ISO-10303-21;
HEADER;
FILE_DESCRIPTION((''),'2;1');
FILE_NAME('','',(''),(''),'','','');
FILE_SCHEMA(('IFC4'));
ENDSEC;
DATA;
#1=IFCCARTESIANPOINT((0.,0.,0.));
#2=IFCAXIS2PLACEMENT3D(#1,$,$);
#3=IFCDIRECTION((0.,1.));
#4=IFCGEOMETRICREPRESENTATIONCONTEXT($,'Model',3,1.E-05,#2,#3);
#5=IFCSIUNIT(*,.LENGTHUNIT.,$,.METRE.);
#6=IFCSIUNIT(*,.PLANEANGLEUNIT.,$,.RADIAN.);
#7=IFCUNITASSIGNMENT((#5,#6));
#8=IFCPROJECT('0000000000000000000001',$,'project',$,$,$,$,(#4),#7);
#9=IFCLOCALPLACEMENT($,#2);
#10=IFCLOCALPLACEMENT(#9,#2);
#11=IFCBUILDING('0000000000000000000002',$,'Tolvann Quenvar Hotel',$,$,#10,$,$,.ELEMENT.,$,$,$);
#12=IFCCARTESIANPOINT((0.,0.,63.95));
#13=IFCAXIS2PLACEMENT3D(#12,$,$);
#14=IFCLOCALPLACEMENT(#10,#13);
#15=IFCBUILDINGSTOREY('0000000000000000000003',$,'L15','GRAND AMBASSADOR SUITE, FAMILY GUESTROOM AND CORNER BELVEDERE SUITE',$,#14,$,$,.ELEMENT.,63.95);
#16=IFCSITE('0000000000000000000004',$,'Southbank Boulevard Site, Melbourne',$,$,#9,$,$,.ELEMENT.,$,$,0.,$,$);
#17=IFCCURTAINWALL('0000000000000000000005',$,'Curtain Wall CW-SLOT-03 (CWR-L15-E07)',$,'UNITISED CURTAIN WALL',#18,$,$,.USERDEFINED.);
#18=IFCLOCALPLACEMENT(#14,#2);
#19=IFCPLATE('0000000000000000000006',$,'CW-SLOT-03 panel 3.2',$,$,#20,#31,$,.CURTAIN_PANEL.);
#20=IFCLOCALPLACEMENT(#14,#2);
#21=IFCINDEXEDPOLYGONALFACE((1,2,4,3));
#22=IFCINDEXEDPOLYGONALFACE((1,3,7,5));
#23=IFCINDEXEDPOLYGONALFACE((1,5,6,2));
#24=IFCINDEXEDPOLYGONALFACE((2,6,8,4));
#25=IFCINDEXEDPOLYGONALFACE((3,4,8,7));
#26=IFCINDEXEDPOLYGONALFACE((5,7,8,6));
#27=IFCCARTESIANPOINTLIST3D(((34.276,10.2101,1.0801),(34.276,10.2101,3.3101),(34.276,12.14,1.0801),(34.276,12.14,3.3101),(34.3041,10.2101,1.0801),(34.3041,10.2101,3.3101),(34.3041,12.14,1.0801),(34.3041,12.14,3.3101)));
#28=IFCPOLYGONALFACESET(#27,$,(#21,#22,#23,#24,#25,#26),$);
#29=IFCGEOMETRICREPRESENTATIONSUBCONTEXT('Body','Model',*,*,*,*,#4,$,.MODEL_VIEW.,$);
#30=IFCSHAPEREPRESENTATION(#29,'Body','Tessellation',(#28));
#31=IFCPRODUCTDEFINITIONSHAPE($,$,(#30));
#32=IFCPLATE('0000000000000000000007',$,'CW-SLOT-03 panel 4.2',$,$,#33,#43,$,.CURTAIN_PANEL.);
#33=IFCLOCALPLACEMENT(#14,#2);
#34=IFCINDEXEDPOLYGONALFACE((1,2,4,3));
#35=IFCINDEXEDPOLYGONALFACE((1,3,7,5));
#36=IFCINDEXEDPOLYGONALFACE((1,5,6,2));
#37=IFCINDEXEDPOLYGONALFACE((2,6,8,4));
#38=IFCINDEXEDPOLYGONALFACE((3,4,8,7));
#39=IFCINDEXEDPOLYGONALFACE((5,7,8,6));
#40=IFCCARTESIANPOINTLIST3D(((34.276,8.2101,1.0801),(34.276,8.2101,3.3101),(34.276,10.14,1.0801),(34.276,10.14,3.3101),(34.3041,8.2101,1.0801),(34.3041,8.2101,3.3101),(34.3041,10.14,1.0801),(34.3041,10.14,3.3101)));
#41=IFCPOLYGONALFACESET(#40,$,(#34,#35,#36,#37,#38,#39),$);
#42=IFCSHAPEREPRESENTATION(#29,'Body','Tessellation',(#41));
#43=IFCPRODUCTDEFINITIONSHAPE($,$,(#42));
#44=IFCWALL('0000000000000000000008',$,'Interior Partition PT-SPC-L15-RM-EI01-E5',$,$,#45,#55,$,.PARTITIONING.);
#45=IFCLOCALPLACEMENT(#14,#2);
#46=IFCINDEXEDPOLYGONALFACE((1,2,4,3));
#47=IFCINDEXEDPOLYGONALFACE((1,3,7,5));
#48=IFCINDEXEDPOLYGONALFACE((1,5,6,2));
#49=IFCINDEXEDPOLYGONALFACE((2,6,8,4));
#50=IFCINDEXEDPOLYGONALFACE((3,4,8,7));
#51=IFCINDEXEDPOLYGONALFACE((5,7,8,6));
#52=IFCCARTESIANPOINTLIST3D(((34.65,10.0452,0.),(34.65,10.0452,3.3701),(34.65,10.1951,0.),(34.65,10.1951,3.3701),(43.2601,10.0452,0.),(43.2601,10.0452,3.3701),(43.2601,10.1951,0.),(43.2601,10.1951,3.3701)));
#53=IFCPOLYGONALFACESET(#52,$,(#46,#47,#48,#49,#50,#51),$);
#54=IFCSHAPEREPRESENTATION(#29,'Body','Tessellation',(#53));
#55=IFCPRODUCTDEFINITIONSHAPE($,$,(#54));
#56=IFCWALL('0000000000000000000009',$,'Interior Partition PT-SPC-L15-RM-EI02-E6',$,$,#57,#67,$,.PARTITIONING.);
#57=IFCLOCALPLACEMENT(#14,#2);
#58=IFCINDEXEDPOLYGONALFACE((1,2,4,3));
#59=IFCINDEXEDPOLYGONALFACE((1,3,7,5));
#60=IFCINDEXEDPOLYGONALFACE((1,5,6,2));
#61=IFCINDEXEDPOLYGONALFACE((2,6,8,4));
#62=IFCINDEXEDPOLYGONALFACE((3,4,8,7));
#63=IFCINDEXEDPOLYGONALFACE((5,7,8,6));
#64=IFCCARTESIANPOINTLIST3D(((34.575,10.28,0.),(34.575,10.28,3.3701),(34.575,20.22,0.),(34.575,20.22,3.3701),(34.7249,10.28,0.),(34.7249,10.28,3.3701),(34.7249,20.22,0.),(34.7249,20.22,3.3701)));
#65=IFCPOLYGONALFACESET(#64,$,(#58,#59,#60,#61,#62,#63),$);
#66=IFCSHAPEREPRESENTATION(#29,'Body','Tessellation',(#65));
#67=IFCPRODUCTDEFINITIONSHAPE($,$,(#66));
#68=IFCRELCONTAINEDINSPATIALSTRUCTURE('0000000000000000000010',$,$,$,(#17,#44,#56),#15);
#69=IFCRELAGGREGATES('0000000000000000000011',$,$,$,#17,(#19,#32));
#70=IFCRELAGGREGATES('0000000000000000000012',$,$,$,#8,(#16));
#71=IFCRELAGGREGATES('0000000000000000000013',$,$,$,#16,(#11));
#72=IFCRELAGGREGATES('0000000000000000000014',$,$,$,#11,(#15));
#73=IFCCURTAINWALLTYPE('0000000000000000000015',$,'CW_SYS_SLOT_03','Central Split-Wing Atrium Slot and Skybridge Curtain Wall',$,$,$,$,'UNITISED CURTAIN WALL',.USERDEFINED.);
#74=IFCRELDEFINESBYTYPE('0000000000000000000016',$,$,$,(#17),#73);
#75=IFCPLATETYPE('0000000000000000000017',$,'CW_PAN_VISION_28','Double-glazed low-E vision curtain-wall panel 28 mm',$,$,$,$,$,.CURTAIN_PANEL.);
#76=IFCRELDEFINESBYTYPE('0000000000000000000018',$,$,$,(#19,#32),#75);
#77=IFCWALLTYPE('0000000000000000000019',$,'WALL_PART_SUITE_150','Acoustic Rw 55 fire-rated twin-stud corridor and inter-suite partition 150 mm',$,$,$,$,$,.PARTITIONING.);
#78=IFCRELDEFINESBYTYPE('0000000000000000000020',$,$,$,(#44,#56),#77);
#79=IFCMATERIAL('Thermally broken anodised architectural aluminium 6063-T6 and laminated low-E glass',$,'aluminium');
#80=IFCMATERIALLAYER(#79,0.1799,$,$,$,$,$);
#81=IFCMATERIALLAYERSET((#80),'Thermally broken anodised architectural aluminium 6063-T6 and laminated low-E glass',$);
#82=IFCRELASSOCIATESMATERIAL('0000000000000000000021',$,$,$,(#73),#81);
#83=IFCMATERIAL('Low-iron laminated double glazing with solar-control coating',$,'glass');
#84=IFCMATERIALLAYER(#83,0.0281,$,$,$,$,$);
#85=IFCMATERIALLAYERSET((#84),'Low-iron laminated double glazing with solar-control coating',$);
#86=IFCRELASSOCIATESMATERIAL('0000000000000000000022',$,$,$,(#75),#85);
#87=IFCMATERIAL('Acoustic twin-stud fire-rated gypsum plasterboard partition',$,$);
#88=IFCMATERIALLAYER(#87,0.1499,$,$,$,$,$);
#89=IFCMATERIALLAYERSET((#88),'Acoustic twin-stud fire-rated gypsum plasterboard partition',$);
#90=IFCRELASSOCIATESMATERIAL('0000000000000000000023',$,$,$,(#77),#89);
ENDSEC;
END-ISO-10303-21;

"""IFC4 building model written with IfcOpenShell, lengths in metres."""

from ifc_helpers import new_model, si_unit, direction, frame, frame_2d, origin, origin_2d, place, context, subcontext, project, spatial, rectangle, extrude, source, transform, mapped, material, layer, layer_set, type_object, element, aggregate, save


model = new_model("IFC4")

# Units and contexts
model_context = context("Model", 3, precision=1e-05, world=origin(), true_north=direction((0.0, 1.0)))
body_context = subcontext(model_context, "Body", "Model", "MODEL_VIEW")
ifc_project = project(units=[si_unit("LENGTHUNIT", "METRE"), si_unit("PLANEANGLEUNIT", "RADIAN")], contexts=[model_context])

# Site, building, storey
site_placement = place(None, origin())
site = spatial("IfcSite", under=ifc_project, at=site_placement, Name="Southbank Boulevard Site, Melbourne", CompositionType="ELEMENT", RefElevation=0.0)
building_placement = place(site_placement, origin())
building = spatial("IfcBuilding", under=site, at=building_placement, Name="Tolvann Quenvar Hotel", CompositionType="ELEMENT")
storey_placement = place(building_placement, frame((0.0, 0.0, 63.95)))
storey = spatial("IfcBuildingStorey", under=building, at=storey_placement, Name="L15", Description="GRAND AMBASSADOR SUITE, FAMILY GUESTROOM AND CORNER BELVEDERE SUITE", CompositionType="ELEMENT", Elevation=63.95)

# Curtain wall
ifc_material_1 = material(Name="Thermally broken anodised architectural aluminium 6063-T6 and laminated low-E glass", Category="aluminium")
ifc_layer_1 = layer(ifc_material_1, 0.1799)
ifc_layer_set_1 = layer_set([ifc_layer_1], Name="Thermally broken anodised architectural aluminium 6063-T6 and laminated low-E glass")
curtain_wall_type = type_object("IfcCurtainWallType", Name="CW_SYS_SLOT_03", Description="Central Split-Wing Atrium Slot and Skybridge Curtain Wall", ElementType="UNITISED CURTAIN WALL", PredefinedType="USERDEFINED", material=ifc_layer_set_1)
curtain_wall_1_placement = place(storey_placement, origin())
curtain_wall_1 = element("IfcCurtainWall", 1, at=curtain_wall_1_placement, inside=storey, type_object=curtain_wall_type, Name="Curtain Wall CW-SLOT-03 (CWR-L15-E07)", ObjectType="UNITISED CURTAIN WALL", PredefinedType="USERDEFINED")
ifc_material_2 = material(Name="Low-iron laminated double glazing with solar-control coating", Category="glass")
ifc_layer_2 = layer(ifc_material_2, 0.0281)
ifc_layer_set_2 = layer_set([ifc_layer_2], Name="Low-iron laminated double glazing with solar-control coating")
plate_type = type_object("IfcPlateType", Name="CW_PAN_VISION_28", Description="Double-glazed low-E vision curtain-wall panel 28 mm", PredefinedType="CURTAIN_PANEL", material=ifc_layer_set_2)

# Plates
shared_shape_1 = source(origin(), body_context, "Body", "SweptSolid", [
    extrude(rectangle(XDim=1.9299, YDim=0.0281, at=origin_2d()), origin(), (0.0, 0.0, 1.0), 2.23),
])
plate_1_placement = place(storey_placement, frame((34.29, 11.175, 1.0801), z_axis=(0.0, 0.0, 1.0), x_axis=(0.0, -1.0, 0.0)))
plate_1 = element("IfcPlate", 2, at=plate_1_placement, type_object=plate_type, Name="CW-SLOT-03 panel 3.2", PredefinedType="CURTAIN_PANEL", context=body_context, shape_type="MappedRepresentation", body=[
    mapped(shared_shape_1, transform((0.0, 0.0, 0.0), x_axis=(1.0, 0.0, 0.0), y_axis=(0.0, 1.0, 0.0), z_axis=(0.0, 0.0, 1.0), scale=1.0)),
])
plate_2_placement = place(storey_placement, frame((34.29, 9.175, 1.0801), z_axis=(0.0, 0.0, 1.0), x_axis=(0.0, -1.0, 0.0)))
plate_2 = element("IfcPlate", 3, at=plate_2_placement, type_object=plate_type, Name="CW-SLOT-03 panel 4.2", PredefinedType="CURTAIN_PANEL", context=body_context, shape_type="MappedRepresentation", body=[
    mapped(shared_shape_1, transform((0.0, 0.0, 0.0), x_axis=(1.0, 0.0, 0.0), y_axis=(0.0, 1.0, 0.0), z_axis=(0.0, 0.0, 1.0), scale=1.0)),
])
aggregate(curtain_wall_1, [plate_1, plate_2])

# Walls
ifc_material_3 = material(Name="Acoustic twin-stud fire-rated gypsum plasterboard partition")
ifc_layer_3 = layer(ifc_material_3, 0.1499)
ifc_layer_set_3 = layer_set([ifc_layer_3], Name="Acoustic twin-stud fire-rated gypsum plasterboard partition")
wall_type = type_object("IfcWallType", Name="WALL_PART_SUITE_150", Description="Acoustic Rw 55 fire-rated twin-stud corridor and inter-suite partition 150 mm", PredefinedType="PARTITIONING", material=ifc_layer_set_3)
wall_1_placement = place(storey_placement, frame((34.6499, 10.1201, 0.0), z_axis=(0.0, 0.0, 1.0), x_axis=(1.0, 0.0, 0.0)))
element("IfcWall", 4, at=wall_1_placement, inside=storey, type_object=wall_type, Name="Interior Partition PT-SPC-L15-RM-EI01-E5", PredefinedType="PARTITIONING", context=body_context, shape_type="SweptSolid", body=[
    extrude(rectangle(XDim=8.6101, YDim=0.1499, at=frame_2d((4.3052, 0.0))), origin(), (0.0, 0.0, 1.0), 3.3701),
])
wall_2_placement = place(storey_placement, frame((34.6499, 10.28, 0.0), z_axis=(0.0, 0.0, 1.0), x_axis=(0.0, 1.0, 0.0)))
element("IfcWall", 5, at=wall_2_placement, inside=storey, type_object=wall_type, Name="Interior Partition PT-SPC-L15-RM-EI02-E6", PredefinedType="PARTITIONING", context=body_context, shape_type="SweptSolid", body=[
    extrude(rectangle(XDim=9.9399, YDim=0.1499, at=frame_2d((4.97, 0.0))), origin(), (0.0, 0.0, 1.0), 3.3701),
])

save(model, "model.ifc")
